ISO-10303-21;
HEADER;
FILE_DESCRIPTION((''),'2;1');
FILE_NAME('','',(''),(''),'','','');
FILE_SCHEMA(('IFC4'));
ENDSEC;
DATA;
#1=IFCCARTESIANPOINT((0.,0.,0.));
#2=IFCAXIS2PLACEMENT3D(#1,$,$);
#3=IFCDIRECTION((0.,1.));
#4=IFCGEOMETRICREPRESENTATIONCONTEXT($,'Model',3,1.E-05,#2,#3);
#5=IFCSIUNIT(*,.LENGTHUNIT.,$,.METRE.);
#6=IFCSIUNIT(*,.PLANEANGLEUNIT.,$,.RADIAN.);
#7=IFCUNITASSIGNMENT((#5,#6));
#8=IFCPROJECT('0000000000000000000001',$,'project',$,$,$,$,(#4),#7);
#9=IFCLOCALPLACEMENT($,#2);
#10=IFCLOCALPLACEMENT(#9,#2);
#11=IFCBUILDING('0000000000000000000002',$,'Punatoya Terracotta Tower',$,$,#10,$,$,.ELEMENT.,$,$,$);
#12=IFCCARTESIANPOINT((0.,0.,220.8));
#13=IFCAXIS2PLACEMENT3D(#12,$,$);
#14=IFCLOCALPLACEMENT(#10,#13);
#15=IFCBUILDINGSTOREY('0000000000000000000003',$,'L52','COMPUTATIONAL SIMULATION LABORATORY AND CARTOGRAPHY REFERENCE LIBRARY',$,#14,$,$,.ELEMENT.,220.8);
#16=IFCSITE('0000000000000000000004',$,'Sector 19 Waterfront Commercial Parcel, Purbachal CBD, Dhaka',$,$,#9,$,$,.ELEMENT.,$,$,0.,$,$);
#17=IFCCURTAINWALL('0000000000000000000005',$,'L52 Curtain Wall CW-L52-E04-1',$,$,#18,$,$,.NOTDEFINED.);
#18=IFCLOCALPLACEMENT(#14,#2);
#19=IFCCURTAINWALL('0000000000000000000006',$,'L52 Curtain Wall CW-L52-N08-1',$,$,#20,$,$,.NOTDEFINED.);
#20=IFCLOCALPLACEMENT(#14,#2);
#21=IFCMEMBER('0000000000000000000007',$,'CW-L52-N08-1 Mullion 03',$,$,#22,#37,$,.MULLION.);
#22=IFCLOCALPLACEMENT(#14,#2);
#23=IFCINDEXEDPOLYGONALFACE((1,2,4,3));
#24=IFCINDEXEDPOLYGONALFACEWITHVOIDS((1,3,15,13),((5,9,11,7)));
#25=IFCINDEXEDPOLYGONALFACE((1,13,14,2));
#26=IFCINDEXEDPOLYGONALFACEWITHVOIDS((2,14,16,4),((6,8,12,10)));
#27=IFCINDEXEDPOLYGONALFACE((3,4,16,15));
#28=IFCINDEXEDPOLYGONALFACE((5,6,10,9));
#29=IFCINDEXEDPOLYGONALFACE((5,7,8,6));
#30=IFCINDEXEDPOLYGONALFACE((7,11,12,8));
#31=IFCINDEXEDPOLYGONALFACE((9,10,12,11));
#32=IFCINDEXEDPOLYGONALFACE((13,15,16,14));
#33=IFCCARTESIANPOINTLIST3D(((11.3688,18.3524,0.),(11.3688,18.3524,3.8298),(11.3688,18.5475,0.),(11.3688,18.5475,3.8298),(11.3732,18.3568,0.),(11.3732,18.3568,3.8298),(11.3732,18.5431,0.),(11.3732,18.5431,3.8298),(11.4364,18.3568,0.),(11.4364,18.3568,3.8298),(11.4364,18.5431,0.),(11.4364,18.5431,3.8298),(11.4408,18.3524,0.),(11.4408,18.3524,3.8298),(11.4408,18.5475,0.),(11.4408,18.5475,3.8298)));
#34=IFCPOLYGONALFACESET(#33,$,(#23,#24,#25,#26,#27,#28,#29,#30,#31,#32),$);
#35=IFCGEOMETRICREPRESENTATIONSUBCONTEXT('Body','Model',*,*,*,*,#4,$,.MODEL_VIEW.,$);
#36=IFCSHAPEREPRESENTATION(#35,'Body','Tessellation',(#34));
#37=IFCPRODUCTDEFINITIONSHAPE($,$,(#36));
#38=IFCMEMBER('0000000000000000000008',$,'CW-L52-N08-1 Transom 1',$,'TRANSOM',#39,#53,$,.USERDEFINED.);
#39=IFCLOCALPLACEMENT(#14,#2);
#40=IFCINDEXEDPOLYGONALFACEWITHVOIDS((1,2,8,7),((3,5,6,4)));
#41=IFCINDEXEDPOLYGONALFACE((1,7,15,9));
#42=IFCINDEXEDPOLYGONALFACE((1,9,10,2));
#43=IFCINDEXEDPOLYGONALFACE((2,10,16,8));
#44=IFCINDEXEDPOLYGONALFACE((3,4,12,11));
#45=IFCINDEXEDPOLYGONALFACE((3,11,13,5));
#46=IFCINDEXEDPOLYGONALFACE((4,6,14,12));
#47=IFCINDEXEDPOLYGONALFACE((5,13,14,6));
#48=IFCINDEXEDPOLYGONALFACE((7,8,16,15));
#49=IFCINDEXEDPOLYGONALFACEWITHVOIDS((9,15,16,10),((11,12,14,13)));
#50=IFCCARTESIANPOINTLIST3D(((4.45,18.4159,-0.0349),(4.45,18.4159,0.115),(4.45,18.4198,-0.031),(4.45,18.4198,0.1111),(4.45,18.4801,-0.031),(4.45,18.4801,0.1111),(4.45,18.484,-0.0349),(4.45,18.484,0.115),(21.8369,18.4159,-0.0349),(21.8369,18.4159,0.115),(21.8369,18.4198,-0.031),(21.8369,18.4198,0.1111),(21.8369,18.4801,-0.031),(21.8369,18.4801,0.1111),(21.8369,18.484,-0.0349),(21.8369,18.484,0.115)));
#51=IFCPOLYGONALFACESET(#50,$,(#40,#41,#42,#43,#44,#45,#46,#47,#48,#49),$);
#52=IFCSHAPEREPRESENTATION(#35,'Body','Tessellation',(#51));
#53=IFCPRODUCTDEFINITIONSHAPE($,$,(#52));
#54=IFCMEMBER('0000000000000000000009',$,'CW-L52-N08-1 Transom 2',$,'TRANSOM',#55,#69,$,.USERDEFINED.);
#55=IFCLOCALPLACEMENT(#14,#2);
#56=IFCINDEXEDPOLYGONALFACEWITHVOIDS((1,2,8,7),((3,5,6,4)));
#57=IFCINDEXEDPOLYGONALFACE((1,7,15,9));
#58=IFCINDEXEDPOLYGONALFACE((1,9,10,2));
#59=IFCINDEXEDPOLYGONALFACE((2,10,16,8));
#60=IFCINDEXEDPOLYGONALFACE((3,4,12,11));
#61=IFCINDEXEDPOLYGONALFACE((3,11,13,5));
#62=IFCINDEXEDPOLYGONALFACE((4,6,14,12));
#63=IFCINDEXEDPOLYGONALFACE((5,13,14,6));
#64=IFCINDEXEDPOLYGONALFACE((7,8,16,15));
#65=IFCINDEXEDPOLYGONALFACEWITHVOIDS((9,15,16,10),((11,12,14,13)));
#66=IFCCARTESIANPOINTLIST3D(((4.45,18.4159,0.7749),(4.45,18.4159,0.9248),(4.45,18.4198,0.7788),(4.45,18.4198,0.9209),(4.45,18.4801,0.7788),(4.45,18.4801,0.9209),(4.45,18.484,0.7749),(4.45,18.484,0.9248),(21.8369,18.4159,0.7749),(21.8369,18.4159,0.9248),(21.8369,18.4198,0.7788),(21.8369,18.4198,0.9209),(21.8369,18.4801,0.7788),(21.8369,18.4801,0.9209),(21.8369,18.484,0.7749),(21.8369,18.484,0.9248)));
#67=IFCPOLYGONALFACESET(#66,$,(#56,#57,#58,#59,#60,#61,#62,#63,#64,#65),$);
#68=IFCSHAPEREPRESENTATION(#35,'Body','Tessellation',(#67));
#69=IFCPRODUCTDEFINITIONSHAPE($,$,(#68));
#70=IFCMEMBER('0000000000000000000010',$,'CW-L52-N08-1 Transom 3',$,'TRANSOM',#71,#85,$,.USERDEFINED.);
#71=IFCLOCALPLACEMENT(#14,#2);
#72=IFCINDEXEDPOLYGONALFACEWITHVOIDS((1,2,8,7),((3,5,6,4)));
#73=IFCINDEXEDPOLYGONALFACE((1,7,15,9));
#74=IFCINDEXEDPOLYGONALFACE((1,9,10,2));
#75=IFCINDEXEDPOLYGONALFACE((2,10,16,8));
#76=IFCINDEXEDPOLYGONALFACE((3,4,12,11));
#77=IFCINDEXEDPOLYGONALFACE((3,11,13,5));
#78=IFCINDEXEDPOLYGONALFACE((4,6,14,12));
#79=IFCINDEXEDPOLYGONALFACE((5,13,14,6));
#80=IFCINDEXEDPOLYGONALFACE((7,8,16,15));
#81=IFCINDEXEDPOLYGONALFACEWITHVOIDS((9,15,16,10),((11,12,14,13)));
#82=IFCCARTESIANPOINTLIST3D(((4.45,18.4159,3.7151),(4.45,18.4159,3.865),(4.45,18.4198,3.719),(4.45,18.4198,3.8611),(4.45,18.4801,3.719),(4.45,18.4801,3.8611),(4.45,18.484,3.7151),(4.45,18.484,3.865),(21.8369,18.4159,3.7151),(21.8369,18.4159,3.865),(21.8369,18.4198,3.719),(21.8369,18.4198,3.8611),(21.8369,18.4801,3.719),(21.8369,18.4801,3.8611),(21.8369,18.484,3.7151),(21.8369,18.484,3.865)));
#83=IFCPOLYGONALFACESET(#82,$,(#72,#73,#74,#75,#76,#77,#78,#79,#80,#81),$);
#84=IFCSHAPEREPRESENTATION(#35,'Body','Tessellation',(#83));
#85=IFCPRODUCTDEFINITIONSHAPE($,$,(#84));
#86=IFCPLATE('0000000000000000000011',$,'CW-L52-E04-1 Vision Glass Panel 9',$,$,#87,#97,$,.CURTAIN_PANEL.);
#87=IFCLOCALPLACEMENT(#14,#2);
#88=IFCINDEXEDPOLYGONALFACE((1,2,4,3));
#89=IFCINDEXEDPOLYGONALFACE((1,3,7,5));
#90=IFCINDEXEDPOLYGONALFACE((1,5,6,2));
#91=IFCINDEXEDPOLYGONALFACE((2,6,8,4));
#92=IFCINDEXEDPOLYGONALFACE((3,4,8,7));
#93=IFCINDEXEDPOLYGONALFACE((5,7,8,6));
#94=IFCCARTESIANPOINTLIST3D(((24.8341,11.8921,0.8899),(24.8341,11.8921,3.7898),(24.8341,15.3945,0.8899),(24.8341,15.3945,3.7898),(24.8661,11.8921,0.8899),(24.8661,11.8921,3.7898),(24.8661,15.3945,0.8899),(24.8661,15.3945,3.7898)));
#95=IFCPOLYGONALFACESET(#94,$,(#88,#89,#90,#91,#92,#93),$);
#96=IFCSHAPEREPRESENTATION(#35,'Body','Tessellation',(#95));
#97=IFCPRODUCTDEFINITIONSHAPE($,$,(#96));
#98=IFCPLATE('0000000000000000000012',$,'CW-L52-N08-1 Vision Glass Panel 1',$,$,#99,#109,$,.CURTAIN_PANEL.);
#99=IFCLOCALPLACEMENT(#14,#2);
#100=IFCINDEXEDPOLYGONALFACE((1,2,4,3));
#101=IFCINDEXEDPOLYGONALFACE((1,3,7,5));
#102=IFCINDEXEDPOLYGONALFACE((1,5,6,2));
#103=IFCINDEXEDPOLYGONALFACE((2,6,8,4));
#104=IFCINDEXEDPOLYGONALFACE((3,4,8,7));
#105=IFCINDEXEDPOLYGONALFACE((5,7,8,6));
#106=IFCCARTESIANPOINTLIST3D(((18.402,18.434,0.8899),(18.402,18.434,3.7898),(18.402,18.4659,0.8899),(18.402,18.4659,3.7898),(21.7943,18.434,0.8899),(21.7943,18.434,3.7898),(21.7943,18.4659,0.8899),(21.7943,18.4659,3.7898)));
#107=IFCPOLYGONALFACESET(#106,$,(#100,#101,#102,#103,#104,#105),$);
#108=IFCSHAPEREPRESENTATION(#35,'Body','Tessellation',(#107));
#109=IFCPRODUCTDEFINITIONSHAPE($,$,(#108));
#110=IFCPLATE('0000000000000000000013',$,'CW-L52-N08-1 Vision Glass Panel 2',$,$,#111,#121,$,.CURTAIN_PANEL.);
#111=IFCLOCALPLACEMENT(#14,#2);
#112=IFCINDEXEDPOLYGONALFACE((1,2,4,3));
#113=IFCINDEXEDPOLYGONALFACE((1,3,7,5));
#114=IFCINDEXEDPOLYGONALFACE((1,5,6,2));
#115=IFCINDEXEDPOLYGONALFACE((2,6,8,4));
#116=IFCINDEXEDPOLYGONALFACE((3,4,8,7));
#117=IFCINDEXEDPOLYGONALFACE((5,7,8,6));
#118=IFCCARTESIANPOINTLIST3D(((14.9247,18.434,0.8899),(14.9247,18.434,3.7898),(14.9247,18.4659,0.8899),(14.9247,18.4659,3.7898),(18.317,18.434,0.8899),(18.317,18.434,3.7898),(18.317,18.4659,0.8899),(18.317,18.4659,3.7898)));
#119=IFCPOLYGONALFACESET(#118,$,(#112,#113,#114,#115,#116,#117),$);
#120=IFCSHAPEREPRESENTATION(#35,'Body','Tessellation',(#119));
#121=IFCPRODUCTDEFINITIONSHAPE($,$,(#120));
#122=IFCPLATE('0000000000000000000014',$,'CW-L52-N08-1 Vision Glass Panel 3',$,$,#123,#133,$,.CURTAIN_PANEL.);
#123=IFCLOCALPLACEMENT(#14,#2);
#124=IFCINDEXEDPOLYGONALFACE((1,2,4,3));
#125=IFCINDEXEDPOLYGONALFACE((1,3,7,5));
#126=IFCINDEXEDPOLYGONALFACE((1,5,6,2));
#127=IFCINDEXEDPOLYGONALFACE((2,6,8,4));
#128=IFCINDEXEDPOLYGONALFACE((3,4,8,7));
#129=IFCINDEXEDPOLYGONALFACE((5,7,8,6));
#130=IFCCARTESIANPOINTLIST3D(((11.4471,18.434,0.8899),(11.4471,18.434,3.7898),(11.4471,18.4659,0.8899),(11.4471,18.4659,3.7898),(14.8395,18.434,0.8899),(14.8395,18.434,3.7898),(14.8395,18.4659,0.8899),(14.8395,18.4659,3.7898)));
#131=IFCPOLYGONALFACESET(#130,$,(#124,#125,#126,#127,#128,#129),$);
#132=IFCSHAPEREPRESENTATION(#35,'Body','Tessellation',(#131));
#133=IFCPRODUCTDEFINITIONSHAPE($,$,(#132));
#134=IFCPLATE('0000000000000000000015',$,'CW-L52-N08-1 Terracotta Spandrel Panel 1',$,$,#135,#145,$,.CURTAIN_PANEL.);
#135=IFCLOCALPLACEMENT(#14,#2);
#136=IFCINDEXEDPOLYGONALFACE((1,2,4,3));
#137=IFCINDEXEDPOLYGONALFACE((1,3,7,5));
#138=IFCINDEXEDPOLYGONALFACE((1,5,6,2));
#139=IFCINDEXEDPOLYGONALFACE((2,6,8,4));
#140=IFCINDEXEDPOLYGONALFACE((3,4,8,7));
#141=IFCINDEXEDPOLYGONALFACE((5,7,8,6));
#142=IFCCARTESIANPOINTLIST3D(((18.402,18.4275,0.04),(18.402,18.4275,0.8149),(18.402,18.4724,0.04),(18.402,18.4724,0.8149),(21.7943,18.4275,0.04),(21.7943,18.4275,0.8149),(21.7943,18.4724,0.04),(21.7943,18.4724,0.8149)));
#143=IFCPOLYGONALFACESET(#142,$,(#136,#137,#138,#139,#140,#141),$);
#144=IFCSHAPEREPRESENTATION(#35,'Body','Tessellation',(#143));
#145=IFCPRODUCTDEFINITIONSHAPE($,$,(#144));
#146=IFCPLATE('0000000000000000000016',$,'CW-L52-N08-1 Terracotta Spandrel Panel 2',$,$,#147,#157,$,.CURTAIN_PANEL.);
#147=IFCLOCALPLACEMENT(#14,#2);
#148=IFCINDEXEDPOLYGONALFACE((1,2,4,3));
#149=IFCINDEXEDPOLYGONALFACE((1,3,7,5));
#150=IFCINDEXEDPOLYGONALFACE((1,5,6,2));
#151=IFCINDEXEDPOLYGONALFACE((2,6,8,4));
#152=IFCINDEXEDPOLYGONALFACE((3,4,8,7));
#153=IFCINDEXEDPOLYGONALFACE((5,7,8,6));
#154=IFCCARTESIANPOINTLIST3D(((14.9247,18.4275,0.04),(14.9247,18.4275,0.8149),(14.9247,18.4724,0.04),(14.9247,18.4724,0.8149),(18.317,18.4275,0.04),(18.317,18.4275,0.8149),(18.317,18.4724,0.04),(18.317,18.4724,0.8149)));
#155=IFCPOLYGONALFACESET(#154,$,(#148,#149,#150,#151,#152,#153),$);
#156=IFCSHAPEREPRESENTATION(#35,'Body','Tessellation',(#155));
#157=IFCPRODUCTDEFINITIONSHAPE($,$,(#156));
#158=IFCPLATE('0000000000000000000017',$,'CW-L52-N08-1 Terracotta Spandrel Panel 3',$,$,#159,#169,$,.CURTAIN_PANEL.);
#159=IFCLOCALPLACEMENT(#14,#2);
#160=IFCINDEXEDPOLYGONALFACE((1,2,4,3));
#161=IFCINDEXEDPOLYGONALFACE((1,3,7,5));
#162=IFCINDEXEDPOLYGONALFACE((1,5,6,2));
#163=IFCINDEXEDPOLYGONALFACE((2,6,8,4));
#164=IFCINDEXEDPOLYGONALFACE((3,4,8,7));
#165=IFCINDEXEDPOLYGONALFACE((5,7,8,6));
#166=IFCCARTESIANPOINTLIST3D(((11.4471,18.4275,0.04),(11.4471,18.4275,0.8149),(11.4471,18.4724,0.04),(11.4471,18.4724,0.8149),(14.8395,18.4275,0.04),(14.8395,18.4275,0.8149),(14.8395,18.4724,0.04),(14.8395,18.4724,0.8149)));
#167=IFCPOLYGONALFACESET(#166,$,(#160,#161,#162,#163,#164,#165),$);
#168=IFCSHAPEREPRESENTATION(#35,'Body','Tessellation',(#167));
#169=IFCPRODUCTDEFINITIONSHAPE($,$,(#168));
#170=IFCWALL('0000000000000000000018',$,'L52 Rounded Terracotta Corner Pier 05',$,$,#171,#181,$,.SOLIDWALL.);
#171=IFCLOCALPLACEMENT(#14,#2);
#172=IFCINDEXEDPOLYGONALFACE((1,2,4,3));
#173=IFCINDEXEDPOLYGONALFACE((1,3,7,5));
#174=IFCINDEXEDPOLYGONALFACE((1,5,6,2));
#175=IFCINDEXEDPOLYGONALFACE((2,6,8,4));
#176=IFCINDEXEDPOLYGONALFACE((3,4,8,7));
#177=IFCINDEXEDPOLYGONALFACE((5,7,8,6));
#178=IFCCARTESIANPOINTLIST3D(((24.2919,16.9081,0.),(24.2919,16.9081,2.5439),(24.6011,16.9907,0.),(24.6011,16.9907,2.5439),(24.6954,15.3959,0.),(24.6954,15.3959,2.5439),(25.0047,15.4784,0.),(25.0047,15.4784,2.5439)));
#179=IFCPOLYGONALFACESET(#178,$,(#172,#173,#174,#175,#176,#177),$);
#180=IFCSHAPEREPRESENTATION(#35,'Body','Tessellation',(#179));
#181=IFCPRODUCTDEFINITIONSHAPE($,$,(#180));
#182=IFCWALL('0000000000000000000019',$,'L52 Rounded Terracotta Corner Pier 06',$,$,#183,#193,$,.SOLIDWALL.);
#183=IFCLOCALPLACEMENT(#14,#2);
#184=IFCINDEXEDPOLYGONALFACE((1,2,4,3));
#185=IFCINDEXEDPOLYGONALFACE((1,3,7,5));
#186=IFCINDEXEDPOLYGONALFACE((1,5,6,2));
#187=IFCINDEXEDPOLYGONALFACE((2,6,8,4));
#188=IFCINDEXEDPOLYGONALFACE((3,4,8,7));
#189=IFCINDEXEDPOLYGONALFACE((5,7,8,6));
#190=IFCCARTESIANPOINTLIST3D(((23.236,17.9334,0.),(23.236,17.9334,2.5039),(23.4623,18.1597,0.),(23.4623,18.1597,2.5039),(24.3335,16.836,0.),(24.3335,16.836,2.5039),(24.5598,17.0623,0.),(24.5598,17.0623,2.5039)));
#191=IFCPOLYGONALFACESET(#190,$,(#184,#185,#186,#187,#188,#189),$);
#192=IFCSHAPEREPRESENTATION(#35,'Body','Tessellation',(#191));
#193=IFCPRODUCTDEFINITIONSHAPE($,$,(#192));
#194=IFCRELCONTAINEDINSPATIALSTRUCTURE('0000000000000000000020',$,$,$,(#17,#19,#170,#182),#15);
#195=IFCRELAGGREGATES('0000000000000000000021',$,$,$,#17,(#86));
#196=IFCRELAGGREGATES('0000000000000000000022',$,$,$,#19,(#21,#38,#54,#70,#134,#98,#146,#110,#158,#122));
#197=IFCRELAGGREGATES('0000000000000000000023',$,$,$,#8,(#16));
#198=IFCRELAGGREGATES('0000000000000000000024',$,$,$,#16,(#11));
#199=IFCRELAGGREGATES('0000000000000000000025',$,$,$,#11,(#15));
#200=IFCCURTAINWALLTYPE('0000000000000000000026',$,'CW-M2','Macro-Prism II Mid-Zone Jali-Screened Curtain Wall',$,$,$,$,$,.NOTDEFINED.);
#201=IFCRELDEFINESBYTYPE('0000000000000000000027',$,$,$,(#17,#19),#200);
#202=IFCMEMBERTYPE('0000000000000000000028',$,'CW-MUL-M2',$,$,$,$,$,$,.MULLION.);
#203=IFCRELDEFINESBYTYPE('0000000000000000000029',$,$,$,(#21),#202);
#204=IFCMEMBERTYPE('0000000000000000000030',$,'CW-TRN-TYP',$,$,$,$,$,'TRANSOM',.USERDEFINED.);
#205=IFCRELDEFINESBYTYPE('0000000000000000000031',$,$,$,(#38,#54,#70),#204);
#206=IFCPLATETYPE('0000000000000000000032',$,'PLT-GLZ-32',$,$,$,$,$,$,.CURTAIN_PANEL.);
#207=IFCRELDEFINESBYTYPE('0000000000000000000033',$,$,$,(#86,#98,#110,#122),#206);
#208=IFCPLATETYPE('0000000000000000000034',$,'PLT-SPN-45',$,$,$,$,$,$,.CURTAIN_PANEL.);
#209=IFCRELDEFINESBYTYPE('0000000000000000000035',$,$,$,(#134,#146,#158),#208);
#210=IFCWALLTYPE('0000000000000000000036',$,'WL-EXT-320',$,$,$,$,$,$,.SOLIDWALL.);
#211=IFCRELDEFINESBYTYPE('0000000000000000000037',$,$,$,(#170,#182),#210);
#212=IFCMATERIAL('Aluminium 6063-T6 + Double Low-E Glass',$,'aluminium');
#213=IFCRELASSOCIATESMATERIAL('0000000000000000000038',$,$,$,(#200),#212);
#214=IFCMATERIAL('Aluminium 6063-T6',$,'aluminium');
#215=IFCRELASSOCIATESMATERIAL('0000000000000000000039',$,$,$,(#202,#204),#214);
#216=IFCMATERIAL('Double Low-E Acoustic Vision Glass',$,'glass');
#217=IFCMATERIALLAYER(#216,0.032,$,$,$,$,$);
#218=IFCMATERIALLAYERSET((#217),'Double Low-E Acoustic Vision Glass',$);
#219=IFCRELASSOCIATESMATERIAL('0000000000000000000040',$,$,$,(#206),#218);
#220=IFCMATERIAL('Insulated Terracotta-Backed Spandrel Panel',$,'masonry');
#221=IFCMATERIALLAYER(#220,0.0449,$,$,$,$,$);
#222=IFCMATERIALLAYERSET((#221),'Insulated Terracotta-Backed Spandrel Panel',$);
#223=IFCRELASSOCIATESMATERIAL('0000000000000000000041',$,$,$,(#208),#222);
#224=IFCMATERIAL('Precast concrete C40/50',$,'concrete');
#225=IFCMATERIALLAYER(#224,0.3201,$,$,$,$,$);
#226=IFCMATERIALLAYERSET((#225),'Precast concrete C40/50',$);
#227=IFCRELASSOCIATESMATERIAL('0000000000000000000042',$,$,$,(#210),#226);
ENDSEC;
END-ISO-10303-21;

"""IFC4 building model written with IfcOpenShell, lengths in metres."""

from ifc_helpers import new_model, si_unit, direction, frame, frame_2d, origin, origin_2d, place, context, subcontext, project, spatial, rectangle, hollow_rectangle, extrude, material, layer, layer_set, material_profile, profile_set, type_object, element, aggregate, save


model = new_model("IFC4")

# Units and contexts
model_context = context("Model", 3, precision=1e-05, world=origin(), true_north=direction((0.0, 1.0)))
body_context = subcontext(model_context, "Body", "Model", "MODEL_VIEW")
ifc_project = project(units=[si_unit("LENGTHUNIT", "METRE"), si_unit("PLANEANGLEUNIT", "RADIAN")], contexts=[model_context])

# Site, building, storey
site_placement = place(None, origin())
site = spatial("IfcSite", under=ifc_project, at=site_placement, Name="Sector 19 Waterfront Commercial Parcel, Purbachal CBD, Dhaka", CompositionType="ELEMENT", RefElevation=0.0)
building_placement = place(site_placement, origin())
building = spatial("IfcBuilding", under=site, at=building_placement, Name="Punatoya Terracotta Tower", CompositionType="ELEMENT")
storey_placement = place(building_placement, frame((0.0, 0.0, 220.8)))
storey = spatial("IfcBuildingStorey", under=building, at=storey_placement, Name="L52", Description="COMPUTATIONAL SIMULATION LABORATORY AND CARTOGRAPHY REFERENCE LIBRARY", CompositionType="ELEMENT", Elevation=220.8)

# Curtain wall
ifc_material_1 = material(Name="Aluminium 6063-T6 + Double Low-E Glass", Category="aluminium")
curtain_wall_type = type_object("IfcCurtainWallType", Name="CW-M2", Description="Macro-Prism II Mid-Zone Jali-Screened Curtain Wall", PredefinedType="NOTDEFINED", material=ifc_material_1)
curtain_wall_1_placement = place(storey_placement, origin())
curtain_wall_1 = element("IfcCurtainWall", 1, at=curtain_wall_1_placement, inside=storey, type_object=curtain_wall_type, Name="L52 Curtain Wall CW-L52-E04-1", PredefinedType="NOTDEFINED")
ifc_material_2 = material(Name="Aluminium 6063-T6", Category="aluminium")
ifc_material_profile_1 = material_profile(ifc_material_2, hollow_rectangle(XDim=0.072, YDim=0.1951, WallThickness=0.0044, at=origin_2d()))
ifc_profile_set_1 = profile_set([ifc_material_profile_1], Name="Aluminium 6063-T6")
member_type_1 = type_object("IfcMemberType", Name="CW-MUL-M2", PredefinedType="MULLION", material=ifc_profile_set_1)

# Curtain wall, members
curtain_wall_2_placement = place(storey_placement, origin())
curtain_wall_2 = element("IfcCurtainWall", 2, at=curtain_wall_2_placement, inside=storey, type_object=curtain_wall_type, Name="L52 Curtain Wall CW-L52-N08-1", PredefinedType="NOTDEFINED")
member_1_placement = place(storey_placement, frame((11.4048, 18.45, 0.0), z_axis=(0.0, 0.0, 1.0), x_axis=(1.0, 0.0, 0.0)))
member_1 = element("IfcMember", 3, at=member_1_placement, type_object=member_type_1, Name="CW-L52-N08-1 Mullion 03", PredefinedType="MULLION", context=body_context, shape_type="SweptSolid", body=[
    extrude(hollow_rectangle(XDim=0.072, YDim=0.1951, WallThickness=0.0044, at=origin_2d()), origin(), (0.0, 0.0, 1.0), 3.8298),
])
ifc_material_profile_2 = material_profile(ifc_material_2, hollow_rectangle(XDim=0.0681, YDim=0.1499, WallThickness=0.0039, at=origin_2d()))
ifc_profile_set_2 = profile_set([ifc_material_profile_2], Name="Aluminium 6063-T6")
member_type_2 = type_object("IfcMemberType", Name="CW-TRN-TYP", ElementType="TRANSOM", PredefinedType="USERDEFINED", material=ifc_profile_set_2)
member_2_placement = place(storey_placement, frame((21.8369, 18.45, 0.04), z_axis=(-1.0, 0.0, 0.0), x_axis=(0.0, -1.0, 0.0)))
member_2 = element("IfcMember", 4, at=member_2_placement, type_object=member_type_2, Name="CW-L52-N08-1 Transom 1", ObjectType="TRANSOM", PredefinedType="USERDEFINED", context=body_context, shape_type="SweptSolid", body=[
    extrude(hollow_rectangle(XDim=0.0681, YDim=0.1499, WallThickness=0.0039, at=origin_2d()), origin(), (0.0, 0.0, 1.0), 17.387),
])
member_3_placement = place(storey_placement, frame((21.8369, 18.45, 0.8499), z_axis=(-1.0, 0.0, 0.0), x_axis=(0.0, -1.0, 0.0)))
member_3 = element("IfcMember", 5, at=member_3_placement, type_object=member_type_2, Name="CW-L52-N08-1 Transom 2", ObjectType="TRANSOM", PredefinedType="USERDEFINED", context=body_context, shape_type="SweptSolid", body=[
    extrude(hollow_rectangle(XDim=0.0681, YDim=0.1499, WallThickness=0.0039, at=origin_2d()), origin(), (0.0, 0.0, 1.0), 17.387),
])
member_4_placement = place(storey_placement, frame((21.8369, 18.45, 3.79), z_axis=(-1.0, 0.0, 0.0), x_axis=(0.0, -1.0, 0.0)))
member_4 = element("IfcMember", 6, at=member_4_placement, type_object=member_type_2, Name="CW-L52-N08-1 Transom 3", ObjectType="TRANSOM", PredefinedType="USERDEFINED", context=body_context, shape_type="SweptSolid", body=[
    extrude(hollow_rectangle(XDim=0.0681, YDim=0.1499, WallThickness=0.0039, at=origin_2d()), origin(), (0.0, 0.0, 1.0), 17.387),
])

# Plates
ifc_material_3 = material(Name="Double Low-E Acoustic Vision Glass", Category="glass")
ifc_layer_1 = layer(ifc_material_3, 0.032)
ifc_layer_set_1 = layer_set([ifc_layer_1], Name="Double Low-E Acoustic Vision Glass")
plate_type_1 = type_object("IfcPlateType", Name="PLT-GLZ-32", PredefinedType="CURTAIN_PANEL", material=ifc_layer_set_1)
plate_1_placement = place(storey_placement, frame((24.8501, 13.6433, 0.8899), z_axis=(0.0, 0.0, 1.0), x_axis=(0.0, 1.0, 0.0)))
plate_1 = element("IfcPlate", 7, at=plate_1_placement, type_object=plate_type_1, Name="CW-L52-E04-1 Vision Glass Panel 9", PredefinedType="CURTAIN_PANEL", context=body_context, shape_type="SweptSolid", body=[
    extrude(rectangle(XDim=3.5024, YDim=0.032, at=origin_2d()), origin(), (0.0, 0.0, 1.0), 2.8999),
])
aggregate(curtain_wall_1, [plate_1])
plate_2_placement = place(storey_placement, frame((20.0981, 18.45, 0.8899), z_axis=(0.0, 0.0, 1.0), x_axis=(-1.0, 0.0, 0.0)))
plate_2 = element("IfcPlate", 8, at=plate_2_placement, type_object=plate_type_1, Name="CW-L52-N08-1 Vision Glass Panel 1", PredefinedType="CURTAIN_PANEL", context=body_context, shape_type="SweptSolid", body=[
    extrude(rectangle(XDim=3.3923, YDim=0.032, at=origin_2d()), origin(), (0.0, 0.0, 1.0), 2.8999),
])
plate_3_placement = place(storey_placement, frame((16.6208, 18.45, 0.8899), z_axis=(0.0, 0.0, 1.0), x_axis=(-1.0, 0.0, 0.0)))
plate_3 = element("IfcPlate", 9, at=plate_3_placement, type_object=plate_type_1, Name="CW-L52-N08-1 Vision Glass Panel 2", PredefinedType="CURTAIN_PANEL", context=body_context, shape_type="SweptSolid", body=[
    extrude(rectangle(XDim=3.3923, YDim=0.032, at=origin_2d()), origin(), (0.0, 0.0, 1.0), 2.8999),
])
plate_4_placement = place(storey_placement, frame((13.1433, 18.45, 0.8899), z_axis=(0.0, 0.0, 1.0), x_axis=(-1.0, 0.0, 0.0)))
plate_4 = element("IfcPlate", 10, at=plate_4_placement, type_object=plate_type_1, Name="CW-L52-N08-1 Vision Glass Panel 3", PredefinedType="CURTAIN_PANEL", context=body_context, shape_type="SweptSolid", body=[
    extrude(rectangle(XDim=3.3923, YDim=0.032, at=origin_2d()), origin(), (0.0, 0.0, 1.0), 2.8999),
])
ifc_material_4 = material(Name="Insulated Terracotta-Backed Spandrel Panel", Category="masonry")
ifc_layer_2 = layer(ifc_material_4, 0.0449)
ifc_layer_set_2 = layer_set([ifc_layer_2], Name="Insulated Terracotta-Backed Spandrel Panel")
plate_type_2 = type_object("IfcPlateType", Name="PLT-SPN-45", PredefinedType="CURTAIN_PANEL", material=ifc_layer_set_2)
plate_5_placement = place(storey_placement, frame((20.0981, 18.45, 0.04), z_axis=(0.0, 0.0, 1.0), x_axis=(-1.0, 0.0, 0.0)))
plate_5 = element("IfcPlate", 11, at=plate_5_placement, type_object=plate_type_2, Name="CW-L52-N08-1 Terracotta Spandrel Panel 1", PredefinedType="CURTAIN_PANEL", context=body_context, shape_type="SweptSolid", body=[
    extrude(rectangle(XDim=3.3923, YDim=0.0449, at=origin_2d()), origin(), (0.0, 0.0, 1.0), 0.7749),
])
plate_6_placement = place(storey_placement, frame((16.6208, 18.45, 0.04), z_axis=(0.0, 0.0, 1.0), x_axis=(-1.0, 0.0, 0.0)))
plate_6 = element("IfcPlate", 12, at=plate_6_placement, type_object=plate_type_2, Name="CW-L52-N08-1 Terracotta Spandrel Panel 2", PredefinedType="CURTAIN_PANEL", context=body_context, shape_type="SweptSolid", body=[
    extrude(rectangle(XDim=3.3923, YDim=0.0449, at=origin_2d()), origin(), (0.0, 0.0, 1.0), 0.7749),
])
plate_7_placement = place(storey_placement, frame((13.1433, 18.45, 0.04), z_axis=(0.0, 0.0, 1.0), x_axis=(-1.0, 0.0, 0.0)))
plate_7 = element("IfcPlate", 13, at=plate_7_placement, type_object=plate_type_2, Name="CW-L52-N08-1 Terracotta Spandrel Panel 3", PredefinedType="CURTAIN_PANEL", context=body_context, shape_type="SweptSolid", body=[
    extrude(rectangle(XDim=3.3923, YDim=0.0449, at=origin_2d()), origin(), (0.0, 0.0, 1.0), 0.7749),
])
aggregate(curtain_wall_2, [member_1, member_2, member_3, member_4, plate_5, plate_2, plate_6, plate_3, plate_7, plate_4])

# Walls
ifc_material_5 = material(Name="Precast concrete C40/50", Category="concrete")
ifc_layer_3 = layer(ifc_material_5, 0.3201)
ifc_layer_set_3 = layer_set([ifc_layer_3], Name="Precast concrete C40/50")
wall_type = type_object("IfcWallType", Name="WL-EXT-320", PredefinedType="SOLIDWALL", material=ifc_layer_set_3)
wall_1_placement = place(storey_placement, frame((24.8501, 15.437, 0.0), z_axis=(0.0, 0.0, 1.0), x_axis=(-0.257847, 0.966186, 0.0)))
element("IfcWall", 14, at=wall_1_placement, inside=storey, type_object=wall_type, Name="L52 Rounded Terracotta Corner Pier 05", PredefinedType="SOLIDWALL", context=body_context, shape_type="SweptSolid", body=[
    extrude(rectangle(XDim=1.5652, YDim=0.3201, at=frame_2d((0.7827, 0.0))), origin(), (0.0, 0.0, 1.0), 2.5439),
])
wall_2_placement = place(storey_placement, frame((24.4465, 16.9492, 0.0), z_axis=(0.0, 0.0, 1.0), x_axis=(-0.707107, 0.707107, 0.0)))
element("IfcWall", 15, at=wall_2_placement, inside=storey, type_object=wall_type, Name="L52 Rounded Terracotta Corner Pier 06", PredefinedType="SOLIDWALL", context=body_context, shape_type="SweptSolid", body=[
    extrude(rectangle(XDim=1.552, YDim=0.3201, at=frame_2d((0.7759, 0.0))), origin(), (0.0, 0.0, 1.0), 2.5039),
])

save(model, "model.ifc")
